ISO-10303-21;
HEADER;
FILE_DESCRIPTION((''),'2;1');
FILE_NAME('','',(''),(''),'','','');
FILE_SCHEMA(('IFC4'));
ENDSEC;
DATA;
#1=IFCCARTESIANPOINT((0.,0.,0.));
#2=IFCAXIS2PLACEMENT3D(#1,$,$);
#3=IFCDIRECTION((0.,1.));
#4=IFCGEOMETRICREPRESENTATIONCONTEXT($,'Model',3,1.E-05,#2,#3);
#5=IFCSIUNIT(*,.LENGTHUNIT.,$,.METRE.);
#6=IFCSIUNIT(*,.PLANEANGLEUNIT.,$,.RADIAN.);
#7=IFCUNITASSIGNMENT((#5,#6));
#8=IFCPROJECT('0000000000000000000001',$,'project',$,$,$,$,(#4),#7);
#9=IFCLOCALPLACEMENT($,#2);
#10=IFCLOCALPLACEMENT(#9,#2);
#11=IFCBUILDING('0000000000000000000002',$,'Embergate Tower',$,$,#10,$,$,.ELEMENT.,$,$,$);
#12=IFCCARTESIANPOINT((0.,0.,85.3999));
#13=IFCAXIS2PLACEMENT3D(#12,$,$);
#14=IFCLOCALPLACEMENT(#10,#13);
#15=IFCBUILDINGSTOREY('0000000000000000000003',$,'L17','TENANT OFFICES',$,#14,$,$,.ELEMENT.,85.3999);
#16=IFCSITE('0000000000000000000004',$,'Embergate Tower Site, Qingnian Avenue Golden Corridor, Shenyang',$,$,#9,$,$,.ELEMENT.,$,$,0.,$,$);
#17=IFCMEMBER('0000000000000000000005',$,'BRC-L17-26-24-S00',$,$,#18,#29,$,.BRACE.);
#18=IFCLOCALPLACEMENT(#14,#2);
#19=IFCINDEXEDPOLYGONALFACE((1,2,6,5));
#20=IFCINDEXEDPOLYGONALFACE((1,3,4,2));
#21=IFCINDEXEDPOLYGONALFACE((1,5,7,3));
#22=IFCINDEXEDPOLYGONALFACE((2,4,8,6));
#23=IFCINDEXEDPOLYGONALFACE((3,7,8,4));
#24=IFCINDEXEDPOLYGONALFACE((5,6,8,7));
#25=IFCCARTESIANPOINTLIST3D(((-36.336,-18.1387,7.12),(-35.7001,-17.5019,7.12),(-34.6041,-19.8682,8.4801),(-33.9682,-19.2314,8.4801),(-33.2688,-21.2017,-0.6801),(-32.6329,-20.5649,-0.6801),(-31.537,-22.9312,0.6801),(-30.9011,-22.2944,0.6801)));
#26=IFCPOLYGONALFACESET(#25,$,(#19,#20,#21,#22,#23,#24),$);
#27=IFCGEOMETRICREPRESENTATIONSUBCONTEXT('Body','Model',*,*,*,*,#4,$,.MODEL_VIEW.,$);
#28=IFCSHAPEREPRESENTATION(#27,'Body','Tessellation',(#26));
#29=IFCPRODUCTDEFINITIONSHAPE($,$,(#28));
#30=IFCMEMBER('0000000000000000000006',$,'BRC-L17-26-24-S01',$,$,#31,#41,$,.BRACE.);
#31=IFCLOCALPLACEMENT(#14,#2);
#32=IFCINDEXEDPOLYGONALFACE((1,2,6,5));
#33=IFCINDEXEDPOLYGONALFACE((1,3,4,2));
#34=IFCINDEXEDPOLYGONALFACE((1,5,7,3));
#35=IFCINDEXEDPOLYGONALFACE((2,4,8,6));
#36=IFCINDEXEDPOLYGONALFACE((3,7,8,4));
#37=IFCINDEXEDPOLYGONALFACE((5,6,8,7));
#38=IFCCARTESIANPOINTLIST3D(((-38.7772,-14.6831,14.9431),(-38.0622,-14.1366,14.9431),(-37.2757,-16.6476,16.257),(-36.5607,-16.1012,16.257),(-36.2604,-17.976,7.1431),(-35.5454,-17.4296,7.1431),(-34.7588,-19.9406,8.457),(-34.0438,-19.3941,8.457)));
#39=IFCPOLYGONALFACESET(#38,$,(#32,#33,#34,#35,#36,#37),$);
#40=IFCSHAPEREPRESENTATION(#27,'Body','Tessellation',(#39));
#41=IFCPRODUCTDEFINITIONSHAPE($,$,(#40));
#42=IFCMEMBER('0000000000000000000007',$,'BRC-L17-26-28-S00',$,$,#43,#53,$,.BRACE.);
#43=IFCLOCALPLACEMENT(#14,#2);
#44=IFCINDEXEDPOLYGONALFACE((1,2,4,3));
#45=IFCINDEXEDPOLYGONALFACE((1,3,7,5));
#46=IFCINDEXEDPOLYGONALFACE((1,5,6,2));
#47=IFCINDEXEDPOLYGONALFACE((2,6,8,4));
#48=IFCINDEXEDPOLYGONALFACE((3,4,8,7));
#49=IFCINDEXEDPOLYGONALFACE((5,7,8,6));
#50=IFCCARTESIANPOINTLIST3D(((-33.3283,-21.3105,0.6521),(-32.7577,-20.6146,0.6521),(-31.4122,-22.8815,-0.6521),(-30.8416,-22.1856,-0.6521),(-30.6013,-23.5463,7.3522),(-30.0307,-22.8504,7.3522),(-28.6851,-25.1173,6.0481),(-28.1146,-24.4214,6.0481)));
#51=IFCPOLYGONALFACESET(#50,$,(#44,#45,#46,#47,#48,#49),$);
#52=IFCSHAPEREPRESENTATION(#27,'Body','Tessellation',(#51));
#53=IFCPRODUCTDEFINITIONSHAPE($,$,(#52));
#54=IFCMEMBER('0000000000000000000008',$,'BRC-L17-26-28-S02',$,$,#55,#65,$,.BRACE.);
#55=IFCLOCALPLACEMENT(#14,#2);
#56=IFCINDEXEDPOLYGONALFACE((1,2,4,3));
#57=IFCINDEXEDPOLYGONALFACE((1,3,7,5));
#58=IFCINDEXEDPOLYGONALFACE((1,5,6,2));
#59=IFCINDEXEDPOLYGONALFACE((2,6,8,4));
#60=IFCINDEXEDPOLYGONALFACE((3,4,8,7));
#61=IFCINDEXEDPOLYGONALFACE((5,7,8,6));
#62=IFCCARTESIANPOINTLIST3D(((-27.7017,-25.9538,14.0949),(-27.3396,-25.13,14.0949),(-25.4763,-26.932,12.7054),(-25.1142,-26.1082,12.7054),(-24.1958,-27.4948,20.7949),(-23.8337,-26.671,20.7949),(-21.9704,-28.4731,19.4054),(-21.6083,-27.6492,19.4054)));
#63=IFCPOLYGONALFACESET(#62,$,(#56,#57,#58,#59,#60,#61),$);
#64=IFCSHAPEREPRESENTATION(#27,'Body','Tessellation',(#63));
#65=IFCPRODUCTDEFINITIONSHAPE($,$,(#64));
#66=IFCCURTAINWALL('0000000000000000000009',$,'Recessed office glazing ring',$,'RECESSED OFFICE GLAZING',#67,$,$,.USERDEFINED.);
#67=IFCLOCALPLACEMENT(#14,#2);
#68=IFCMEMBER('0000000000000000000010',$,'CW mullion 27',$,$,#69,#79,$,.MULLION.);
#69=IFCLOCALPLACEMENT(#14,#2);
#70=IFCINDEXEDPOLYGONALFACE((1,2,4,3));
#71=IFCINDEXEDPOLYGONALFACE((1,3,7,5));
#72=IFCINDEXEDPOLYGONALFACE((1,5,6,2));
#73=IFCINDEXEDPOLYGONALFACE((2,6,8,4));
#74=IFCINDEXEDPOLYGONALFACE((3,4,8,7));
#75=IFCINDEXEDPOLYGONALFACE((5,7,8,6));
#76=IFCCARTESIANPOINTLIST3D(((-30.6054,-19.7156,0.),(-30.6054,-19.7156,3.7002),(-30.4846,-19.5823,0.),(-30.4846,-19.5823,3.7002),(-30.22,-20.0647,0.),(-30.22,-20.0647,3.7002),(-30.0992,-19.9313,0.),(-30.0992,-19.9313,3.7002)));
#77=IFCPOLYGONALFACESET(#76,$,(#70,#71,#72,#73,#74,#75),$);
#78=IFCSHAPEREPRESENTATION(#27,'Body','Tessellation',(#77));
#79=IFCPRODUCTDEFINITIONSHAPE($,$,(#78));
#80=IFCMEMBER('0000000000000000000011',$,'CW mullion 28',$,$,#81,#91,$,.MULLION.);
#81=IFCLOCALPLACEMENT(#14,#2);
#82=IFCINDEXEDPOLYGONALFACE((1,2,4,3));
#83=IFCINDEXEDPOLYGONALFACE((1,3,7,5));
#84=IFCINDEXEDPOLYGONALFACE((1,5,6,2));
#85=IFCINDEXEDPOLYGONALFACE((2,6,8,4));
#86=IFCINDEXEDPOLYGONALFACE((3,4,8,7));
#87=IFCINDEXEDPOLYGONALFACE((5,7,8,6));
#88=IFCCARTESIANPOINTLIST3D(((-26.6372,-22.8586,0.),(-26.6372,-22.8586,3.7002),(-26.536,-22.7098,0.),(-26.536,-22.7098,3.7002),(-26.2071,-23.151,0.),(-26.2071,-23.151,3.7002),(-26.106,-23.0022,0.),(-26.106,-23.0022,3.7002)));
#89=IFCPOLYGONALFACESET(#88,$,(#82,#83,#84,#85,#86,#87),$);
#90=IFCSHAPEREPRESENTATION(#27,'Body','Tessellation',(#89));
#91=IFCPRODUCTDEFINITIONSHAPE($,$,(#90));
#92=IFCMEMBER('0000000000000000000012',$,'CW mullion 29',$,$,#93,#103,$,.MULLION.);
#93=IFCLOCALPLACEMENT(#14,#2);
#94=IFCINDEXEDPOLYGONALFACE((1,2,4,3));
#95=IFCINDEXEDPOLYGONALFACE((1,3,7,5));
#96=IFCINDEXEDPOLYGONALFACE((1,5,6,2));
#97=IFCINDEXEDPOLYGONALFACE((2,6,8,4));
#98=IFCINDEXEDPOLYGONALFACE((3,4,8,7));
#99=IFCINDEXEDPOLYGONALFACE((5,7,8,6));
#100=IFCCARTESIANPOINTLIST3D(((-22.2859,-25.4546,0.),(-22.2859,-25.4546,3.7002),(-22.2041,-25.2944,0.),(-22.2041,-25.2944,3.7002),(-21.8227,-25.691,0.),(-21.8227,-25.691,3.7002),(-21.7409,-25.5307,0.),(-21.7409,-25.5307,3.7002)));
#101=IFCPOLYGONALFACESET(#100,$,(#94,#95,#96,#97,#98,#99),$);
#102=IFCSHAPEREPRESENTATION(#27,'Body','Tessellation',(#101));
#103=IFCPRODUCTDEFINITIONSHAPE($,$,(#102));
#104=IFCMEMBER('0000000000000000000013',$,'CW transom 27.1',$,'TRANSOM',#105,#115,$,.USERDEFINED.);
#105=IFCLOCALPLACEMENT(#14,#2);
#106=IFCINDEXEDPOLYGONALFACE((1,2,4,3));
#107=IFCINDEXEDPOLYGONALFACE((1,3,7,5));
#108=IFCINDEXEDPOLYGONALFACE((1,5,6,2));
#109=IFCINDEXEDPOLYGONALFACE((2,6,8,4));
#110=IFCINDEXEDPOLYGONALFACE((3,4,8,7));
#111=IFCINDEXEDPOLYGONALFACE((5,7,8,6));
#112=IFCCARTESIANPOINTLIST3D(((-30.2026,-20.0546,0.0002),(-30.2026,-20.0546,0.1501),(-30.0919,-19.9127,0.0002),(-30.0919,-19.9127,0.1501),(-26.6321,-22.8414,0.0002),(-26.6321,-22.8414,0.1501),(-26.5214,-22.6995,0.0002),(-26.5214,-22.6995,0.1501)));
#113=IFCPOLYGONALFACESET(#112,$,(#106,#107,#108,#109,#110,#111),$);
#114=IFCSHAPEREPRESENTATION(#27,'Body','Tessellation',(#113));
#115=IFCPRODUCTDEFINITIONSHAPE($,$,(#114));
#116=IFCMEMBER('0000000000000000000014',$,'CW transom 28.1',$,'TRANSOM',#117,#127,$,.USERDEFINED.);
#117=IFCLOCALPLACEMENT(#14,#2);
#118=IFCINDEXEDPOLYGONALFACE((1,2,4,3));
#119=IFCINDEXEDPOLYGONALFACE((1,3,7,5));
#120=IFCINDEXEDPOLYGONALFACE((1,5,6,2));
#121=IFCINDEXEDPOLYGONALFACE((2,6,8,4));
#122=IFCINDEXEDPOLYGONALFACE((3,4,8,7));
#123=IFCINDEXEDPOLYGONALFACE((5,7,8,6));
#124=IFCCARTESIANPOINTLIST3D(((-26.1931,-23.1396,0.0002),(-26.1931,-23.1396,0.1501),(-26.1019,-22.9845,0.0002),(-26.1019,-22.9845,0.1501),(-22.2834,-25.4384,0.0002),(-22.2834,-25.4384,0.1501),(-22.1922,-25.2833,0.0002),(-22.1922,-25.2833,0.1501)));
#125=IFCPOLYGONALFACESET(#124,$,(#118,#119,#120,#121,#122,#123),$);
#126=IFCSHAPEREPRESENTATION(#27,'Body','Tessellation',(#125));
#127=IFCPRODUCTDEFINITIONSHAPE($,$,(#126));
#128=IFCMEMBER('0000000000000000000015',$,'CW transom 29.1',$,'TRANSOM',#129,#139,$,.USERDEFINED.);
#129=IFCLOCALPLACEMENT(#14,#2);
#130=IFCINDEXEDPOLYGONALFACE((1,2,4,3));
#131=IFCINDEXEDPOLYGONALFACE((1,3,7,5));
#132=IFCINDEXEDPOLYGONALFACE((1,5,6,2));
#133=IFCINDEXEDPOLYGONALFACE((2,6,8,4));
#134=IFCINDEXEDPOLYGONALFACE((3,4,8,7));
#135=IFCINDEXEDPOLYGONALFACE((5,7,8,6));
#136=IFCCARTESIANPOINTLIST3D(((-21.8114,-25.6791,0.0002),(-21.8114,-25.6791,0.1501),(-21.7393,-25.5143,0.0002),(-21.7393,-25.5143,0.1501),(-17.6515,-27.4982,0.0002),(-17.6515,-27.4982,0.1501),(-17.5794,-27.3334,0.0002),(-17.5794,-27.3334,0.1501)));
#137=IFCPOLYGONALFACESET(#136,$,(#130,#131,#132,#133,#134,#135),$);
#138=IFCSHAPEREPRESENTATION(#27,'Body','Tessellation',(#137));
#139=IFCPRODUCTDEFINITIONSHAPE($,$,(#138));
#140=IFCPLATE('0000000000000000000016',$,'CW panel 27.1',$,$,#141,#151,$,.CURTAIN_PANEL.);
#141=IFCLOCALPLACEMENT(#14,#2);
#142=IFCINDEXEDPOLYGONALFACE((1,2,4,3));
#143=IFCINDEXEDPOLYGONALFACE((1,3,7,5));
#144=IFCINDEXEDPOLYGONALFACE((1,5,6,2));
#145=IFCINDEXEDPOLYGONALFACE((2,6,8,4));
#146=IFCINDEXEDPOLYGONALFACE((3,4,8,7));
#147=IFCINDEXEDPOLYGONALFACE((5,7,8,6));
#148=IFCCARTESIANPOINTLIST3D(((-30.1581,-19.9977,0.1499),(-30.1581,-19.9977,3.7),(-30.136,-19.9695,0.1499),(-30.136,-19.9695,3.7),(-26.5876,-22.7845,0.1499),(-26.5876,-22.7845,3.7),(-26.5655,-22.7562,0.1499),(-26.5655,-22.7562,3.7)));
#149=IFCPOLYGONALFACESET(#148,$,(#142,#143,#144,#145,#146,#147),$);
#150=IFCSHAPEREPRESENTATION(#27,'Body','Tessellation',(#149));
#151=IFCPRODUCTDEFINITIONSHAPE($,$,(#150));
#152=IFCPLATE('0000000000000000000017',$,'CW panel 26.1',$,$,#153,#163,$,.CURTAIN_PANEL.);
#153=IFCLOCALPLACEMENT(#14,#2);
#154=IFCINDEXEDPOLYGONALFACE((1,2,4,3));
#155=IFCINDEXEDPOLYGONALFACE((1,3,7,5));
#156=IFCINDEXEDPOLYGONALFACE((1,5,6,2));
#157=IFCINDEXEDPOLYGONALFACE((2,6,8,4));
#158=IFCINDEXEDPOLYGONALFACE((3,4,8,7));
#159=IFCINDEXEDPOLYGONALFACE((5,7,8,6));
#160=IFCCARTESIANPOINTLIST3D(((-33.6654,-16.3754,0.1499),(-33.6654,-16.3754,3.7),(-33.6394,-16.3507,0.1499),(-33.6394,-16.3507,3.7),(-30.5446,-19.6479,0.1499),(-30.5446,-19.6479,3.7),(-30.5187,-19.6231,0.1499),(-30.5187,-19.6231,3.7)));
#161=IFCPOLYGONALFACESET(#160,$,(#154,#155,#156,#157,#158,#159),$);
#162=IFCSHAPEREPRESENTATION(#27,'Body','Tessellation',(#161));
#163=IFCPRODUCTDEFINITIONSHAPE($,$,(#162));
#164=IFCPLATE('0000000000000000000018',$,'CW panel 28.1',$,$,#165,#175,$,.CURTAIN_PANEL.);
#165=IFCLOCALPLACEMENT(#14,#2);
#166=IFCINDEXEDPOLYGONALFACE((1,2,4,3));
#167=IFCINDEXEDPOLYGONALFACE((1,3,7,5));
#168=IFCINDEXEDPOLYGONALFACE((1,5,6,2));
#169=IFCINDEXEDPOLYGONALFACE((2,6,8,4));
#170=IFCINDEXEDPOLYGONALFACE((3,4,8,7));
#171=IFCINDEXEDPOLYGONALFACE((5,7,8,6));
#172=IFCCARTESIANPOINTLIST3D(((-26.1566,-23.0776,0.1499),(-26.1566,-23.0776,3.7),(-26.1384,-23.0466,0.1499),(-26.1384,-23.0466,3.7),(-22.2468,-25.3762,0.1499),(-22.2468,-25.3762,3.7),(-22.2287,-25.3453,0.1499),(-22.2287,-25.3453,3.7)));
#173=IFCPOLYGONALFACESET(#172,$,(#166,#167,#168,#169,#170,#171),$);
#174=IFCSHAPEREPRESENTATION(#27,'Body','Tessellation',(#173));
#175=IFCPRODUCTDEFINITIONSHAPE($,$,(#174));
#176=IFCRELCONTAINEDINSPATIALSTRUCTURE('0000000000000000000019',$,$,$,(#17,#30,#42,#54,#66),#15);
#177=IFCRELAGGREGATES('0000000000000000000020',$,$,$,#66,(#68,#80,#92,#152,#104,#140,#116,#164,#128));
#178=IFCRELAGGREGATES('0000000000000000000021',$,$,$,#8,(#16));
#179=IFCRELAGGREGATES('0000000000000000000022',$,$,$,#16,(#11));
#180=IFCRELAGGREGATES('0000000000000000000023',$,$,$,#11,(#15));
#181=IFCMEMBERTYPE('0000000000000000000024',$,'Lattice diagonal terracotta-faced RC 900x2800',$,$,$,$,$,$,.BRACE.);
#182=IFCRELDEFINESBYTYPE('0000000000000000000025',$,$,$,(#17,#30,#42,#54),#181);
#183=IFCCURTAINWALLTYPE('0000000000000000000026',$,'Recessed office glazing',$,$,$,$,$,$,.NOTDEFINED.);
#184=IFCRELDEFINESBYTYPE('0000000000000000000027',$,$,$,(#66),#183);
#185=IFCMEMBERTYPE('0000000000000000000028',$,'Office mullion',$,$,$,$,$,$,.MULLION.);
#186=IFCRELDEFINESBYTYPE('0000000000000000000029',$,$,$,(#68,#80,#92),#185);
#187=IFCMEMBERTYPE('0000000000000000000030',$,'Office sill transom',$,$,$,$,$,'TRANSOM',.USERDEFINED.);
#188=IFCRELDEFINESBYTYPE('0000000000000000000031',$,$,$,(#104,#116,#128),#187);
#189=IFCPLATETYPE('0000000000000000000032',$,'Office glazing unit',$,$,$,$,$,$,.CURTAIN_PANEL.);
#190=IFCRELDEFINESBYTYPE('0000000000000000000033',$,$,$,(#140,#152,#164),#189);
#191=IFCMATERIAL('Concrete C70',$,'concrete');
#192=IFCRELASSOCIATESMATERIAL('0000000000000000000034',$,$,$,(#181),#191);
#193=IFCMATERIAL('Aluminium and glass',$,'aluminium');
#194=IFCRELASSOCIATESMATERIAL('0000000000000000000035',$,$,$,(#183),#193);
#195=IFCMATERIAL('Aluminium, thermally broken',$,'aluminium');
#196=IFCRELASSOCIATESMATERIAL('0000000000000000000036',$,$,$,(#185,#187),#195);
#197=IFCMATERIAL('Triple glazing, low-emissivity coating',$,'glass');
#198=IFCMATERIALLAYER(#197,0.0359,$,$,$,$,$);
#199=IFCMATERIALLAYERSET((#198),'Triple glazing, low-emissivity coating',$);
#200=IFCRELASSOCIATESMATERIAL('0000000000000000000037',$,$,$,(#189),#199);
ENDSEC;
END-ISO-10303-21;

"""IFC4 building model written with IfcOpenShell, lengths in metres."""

from ifc_helpers import new_model, si_unit, direction, frame, origin, origin_2d, place, context, subcontext, project, spatial, rectangle, extrude, source, transform, mapped, material, layer, layer_set, material_profile, profile_set, type_object, element, aggregate, save


model = new_model("IFC4")

# Units and contexts
model_context = context("Model", 3, precision=1e-05, world=origin(), true_north=direction((0.0, 1.0)))
body_context = subcontext(model_context, "Body", "Model", "MODEL_VIEW")
ifc_project = project(units=[si_unit("LENGTHUNIT", "METRE"), si_unit("PLANEANGLEUNIT", "RADIAN")], contexts=[model_context])

# Site, building, storey
site_placement = place(None, origin())
site = spatial("IfcSite", under=ifc_project, at=site_placement, Name="Embergate Tower Site, Qingnian Avenue Golden Corridor, Shenyang", CompositionType="ELEMENT", RefElevation=0.0)
building_placement = place(site_placement, origin())
building = spatial("IfcBuilding", under=site, at=building_placement, Name="Embergate Tower", CompositionType="ELEMENT")
storey_placement = place(building_placement, frame((0.0, 0.0, 85.3999)))
storey = spatial("IfcBuildingStorey", under=building, at=storey_placement, Name="L17", Description="TENANT OFFICES", CompositionType="ELEMENT", Elevation=85.3999)

# Shared definitions
ifc_material_1 = material(Name="Concrete C70", Category="concrete")

# Members
ifc_material_profile_1 = material_profile(ifc_material_1, rectangle(XDim=0.8999, YDim=2.8, at=origin_2d()), Name="RC 900x2800")
ifc_profile_set_1 = profile_set([ifc_material_profile_1], Name="Concrete C70")
member_type_1 = type_object("IfcMemberType", Name="Lattice diagonal terracotta-faced RC 900x2800", PredefinedType="BRACE", material=ifc_profile_set_1)
shared_shape_1 = source(origin(), body_context, "Body", "SweptSolid", [
    extrude(rectangle(XDim=0.8999, YDim=2.8, at=origin_2d()), origin(), (0.0, 0.0, 1.0), 8.9236),
])
member_1_placement = place(storey_placement, frame((-32.085, -21.748, 0.0), z_axis=(-0.343712, 0.343247, 0.874096), x_axis=(-0.706628, -0.707585, 0.0)))
element("IfcMember", 1, at=member_1_placement, inside=storey, type_object=member_type_1, Name="BRC-L17-26-24-S00", PredefinedType="BRACE", context=body_context, shape_type="MappedRepresentation", body=[
    mapped(shared_shape_1, transform((0.0, 0.0, 0.0))),
])
shared_shape_2 = source(origin(), body_context, "Body", "SweptSolid", [
    extrude(rectangle(XDim=0.8999, YDim=2.8, at=origin_2d()), origin(), (0.0, 0.0, 1.0), 8.8328),
])
member_2_placement = place(storey_placement, frame((-35.1521, -18.6851, 7.8), z_axis=(-0.284942, 0.37281, 0.883075), x_axis=(-0.79451, -0.607251, 0.0)))
element("IfcMember", 2, at=member_2_placement, inside=storey, type_object=member_type_1, Name="BRC-L17-26-24-S01", PredefinedType="BRACE", context=body_context, shape_type="MappedRepresentation", body=[
    mapped(shared_shape_2, transform((0.0, 0.0, 0.0))),
])
shared_shape_3 = source(origin(), body_context, "Body", "SweptSolid", [
    extrude(rectangle(XDim=0.8999, YDim=2.8, at=origin_2d()), origin(), (0.0, 0.0, 1.0), 7.5715),
])
member_3_placement = place(storey_placement, frame((-32.085, -21.748, 0.0), z_axis=(0.360171, -0.295295, 0.884917), x_axis=(0.634022, 0.773315, 0.0)))
element("IfcMember", 3, at=member_3_placement, inside=storey, type_object=member_type_1, Name="BRC-L17-26-28-S00", PredefinedType="BRACE", context=body_context, shape_type="MappedRepresentation", body=[
    mapped(shared_shape_3, transform((0.0, 0.0, 0.0))),
])
shared_shape_4 = source(origin(), body_context, "Body", "SweptSolid", [
    extrude(rectangle(XDim=0.8999, YDim=2.8, at=origin_2d()), origin(), (0.0, 0.0, 1.0), 7.7173),
])
member_4_placement = place(storey_placement, frame((-26.408, -26.031, 13.4001), z_axis=(0.454292, -0.199686, 0.868185), x_axis=(0.402397, 0.915465, 0.0)))
element("IfcMember", 4, at=member_4_placement, inside=storey, type_object=member_type_1, Name="BRC-L17-26-28-S02", PredefinedType="BRACE", context=body_context, shape_type="MappedRepresentation", body=[
    mapped(shared_shape_4, transform((0.0, 0.0, 0.0))),
])

# Curtain wall, members, plates
ifc_material_2 = material(Name="Aluminium and glass", Category="aluminium")
curtain_wall_type = type_object("IfcCurtainWallType", Name="Recessed office glazing", PredefinedType="NOTDEFINED", material=ifc_material_2)
curtain_wall_placement = place(storey_placement, origin())
curtain_wall = element("IfcCurtainWall", 5, at=curtain_wall_placement, inside=storey, type_object=curtain_wall_type, Name="Recessed office glazing ring", ObjectType="RECESSED OFFICE GLAZING", PredefinedType="USERDEFINED")
ifc_material_3 = material(Name="Aluminium, thermally broken", Category="aluminium")
ifc_material_profile_2 = material_profile(ifc_material_3, rectangle(XDim=0.1799, YDim=0.52, at=origin_2d()), Name="AL 520x180")
ifc_profile_set_2 = profile_set([ifc_material_profile_2], Name="Aluminium, thermally broken")
member_type_2 = type_object("IfcMemberType", Name="Office mullion", PredefinedType="MULLION", material=ifc_profile_set_2)
shared_shape_5 = source(origin(), body_context, "Body", "SweptSolid", [
    extrude(rectangle(XDim=0.1799, YDim=0.52, at=origin_2d()), origin(), (0.0, 0.0, 1.0), 3.7002),
])
member_5_placement = place(storey_placement, frame((-30.3523, -19.8235, 0.0), z_axis=(0.0, 0.0, 1.0), x_axis=(0.671229, 0.74125, 0.0)))
member_5 = element("IfcMember", 6, at=member_5_placement, type_object=member_type_2, Name="CW mullion 27", PredefinedType="MULLION", context=body_context, shape_type="MappedRepresentation", body=[
    mapped(shared_shape_5, transform((0.0, 0.0, 0.0))),
])
member_6_placement = place(storey_placement, frame((-26.3716, -22.9304, 0.0), z_axis=(0.0, 0.0, 1.0), x_axis=(0.562218, 0.826989, 0.0)))
member_6 = element("IfcMember", 7, at=member_6_placement, type_object=member_type_2, Name="CW mullion 28", PredefinedType="MULLION", context=body_context, shape_type="MappedRepresentation", body=[
    mapped(shared_shape_5, transform((0.0, 0.0, 0.0))),
])
member_7_placement = place(storey_placement, frame((-22.0134, -25.4927, 0.0), z_axis=(0.0, 0.0, 1.0), x_axis=(0.454511, 0.890741, 0.0)))
member_7 = element("IfcMember", 8, at=member_7_placement, type_object=member_type_2, Name="CW mullion 29", PredefinedType="MULLION", context=body_context, shape_type="MappedRepresentation", body=[
    mapped(shared_shape_5, transform((0.0, 0.0, 0.0))),
])
ifc_material_profile_3 = material_profile(ifc_material_3, rectangle(XDim=0.1799, YDim=0.1499, at=origin_2d()), Name="AL 150x180")
ifc_profile_set_3 = profile_set([ifc_material_profile_3], Name="Aluminium, thermally broken")
member_type_3 = type_object("IfcMemberType", Name="Office sill transom", ElementType="TRANSOM", PredefinedType="USERDEFINED", material=ifc_profile_set_3)
shared_shape_6 = source(origin(), body_context, "Body", "SweptSolid", [
    extrude(rectangle(XDim=0.1799, YDim=0.1499, at=origin_2d()), origin(), (0.0, 0.0, 1.0), 4.5293),
])
member_8_placement = place(storey_placement, frame((-30.1472, -19.9836, 0.0752), z_axis=(0.788306, -0.615283, 0.0), x_axis=(0.615283, 0.788306, 0.0)))
member_8 = element("IfcMember", 9, at=member_8_placement, type_object=member_type_3, Name="CW transom 27.1", ObjectType="TRANSOM", PredefinedType="USERDEFINED", context=body_context, shape_type="MappedRepresentation", body=[
    mapped(shared_shape_6, transform((0.0, 0.0, 0.0))),
])
shared_shape_7 = source(origin(), body_context, "Body", "SweptSolid", [
    extrude(rectangle(XDim=0.1799, YDim=0.1499, at=origin_2d()), origin(), (0.0, 0.0, 1.0), 4.5354),
])
member_9_placement = place(storey_placement, frame((-26.1475, -23.062, 0.0752), z_axis=(0.862028, -0.50686, 0.0), x_axis=(0.50686, 0.862028, 0.0)))
member_9 = element("IfcMember", 10, at=member_9_placement, type_object=member_type_3, Name="CW transom 28.1", ObjectType="TRANSOM", PredefinedType="USERDEFINED", context=body_context, shape_type="MappedRepresentation", body=[
    mapped(shared_shape_7, transform((0.0, 0.0, 0.0))),
])
shared_shape_8 = source(origin(), body_context, "Body", "SweptSolid", [
    extrude(rectangle(XDim=0.1799, YDim=0.1499, at=origin_2d()), origin(), (0.0, 0.0, 1.0), 4.5403),
])
member_10_placement = place(storey_placement, frame((-21.7754, -25.5967, 0.0752), z_axis=(0.916228, -0.400658, 0.0), x_axis=(0.400658, 0.916228, 0.0)))
member_10 = element("IfcMember", 11, at=member_10_placement, type_object=member_type_3, Name="CW transom 29.1", ObjectType="TRANSOM", PredefinedType="USERDEFINED", context=body_context, shape_type="MappedRepresentation", body=[
    mapped(shared_shape_8, transform((0.0, 0.0, 0.0))),
])
ifc_material_4 = material(Name="Triple glazing, low-emissivity coating", Category="glass")
ifc_layer_1 = layer(ifc_material_4, 0.0359)
ifc_layer_set_1 = layer_set([ifc_layer_1], Name="Triple glazing, low-emissivity coating")
plate_type = type_object("IfcPlateType", Name="Office glazing unit", PredefinedType="CURTAIN_PANEL", material=ifc_layer_set_1)
shared_shape_9 = source(origin(), body_context, "Body", "SweptSolid", [
    extrude(rectangle(XDim=4.5293, YDim=0.0359, at=origin_2d()), origin(), (0.0, 0.0, 1.0), 3.55),
])
plate_1_placement = place(storey_placement, frame((-28.3618, -21.377, 0.1499), z_axis=(0.0, 0.0, 1.0), x_axis=(0.788321, -0.615264, 0.0)))
plate_1 = element("IfcPlate", 12, at=plate_1_placement, type_object=plate_type, Name="CW panel 27.1", PredefinedType="CURTAIN_PANEL", context=body_context, shape_type="MappedRepresentation", body=[
    mapped(shared_shape_9, transform((0.0, 0.0, 0.0))),
])
shared_shape_10 = source(origin(), body_context, "Body", "SweptSolid", [
    extrude(rectangle(XDim=4.522, YDim=0.0359, at=origin_2d()), origin(), (0.0, 0.0, 1.0), 3.55),
])
plate_2_placement = place(storey_placement, frame((-32.092, -17.9993, 0.1499), z_axis=(0.0, 0.0, 1.0), x_axis=(0.690135, -0.723681, 0.0)))
plate_2 = element("IfcPlate", 13, at=plate_2_placement, type_object=plate_type, Name="CW panel 26.1", PredefinedType="CURTAIN_PANEL", context=body_context, shape_type="MappedRepresentation", body=[
    mapped(shared_shape_10, transform((0.0, 0.0, 0.0))),
])
shared_shape_11 = source(origin(), body_context, "Body", "SweptSolid", [
    extrude(rectangle(XDim=4.5354, YDim=0.0359, at=origin_2d()), origin(), (0.0, 0.0, 1.0), 3.55),
])
plate_3_placement = place(storey_placement, frame((-24.1926, -24.2114, 0.1499), z_axis=(0.0, 0.0, 1.0), x_axis=(0.862053, -0.506818, 0.0)))
plate_3 = element("IfcPlate", 14, at=plate_3_placement, type_object=plate_type, Name="CW panel 28.1", PredefinedType="CURTAIN_PANEL", context=body_context, shape_type="MappedRepresentation", body=[
    mapped(shared_shape_11, transform((0.0, 0.0, 0.0))),
])
aggregate(curtain_wall, [member_5, member_6, member_7, plate_2, member_8, plate_1, member_9, plate_3, member_10])

save(model, "model.ifc")
